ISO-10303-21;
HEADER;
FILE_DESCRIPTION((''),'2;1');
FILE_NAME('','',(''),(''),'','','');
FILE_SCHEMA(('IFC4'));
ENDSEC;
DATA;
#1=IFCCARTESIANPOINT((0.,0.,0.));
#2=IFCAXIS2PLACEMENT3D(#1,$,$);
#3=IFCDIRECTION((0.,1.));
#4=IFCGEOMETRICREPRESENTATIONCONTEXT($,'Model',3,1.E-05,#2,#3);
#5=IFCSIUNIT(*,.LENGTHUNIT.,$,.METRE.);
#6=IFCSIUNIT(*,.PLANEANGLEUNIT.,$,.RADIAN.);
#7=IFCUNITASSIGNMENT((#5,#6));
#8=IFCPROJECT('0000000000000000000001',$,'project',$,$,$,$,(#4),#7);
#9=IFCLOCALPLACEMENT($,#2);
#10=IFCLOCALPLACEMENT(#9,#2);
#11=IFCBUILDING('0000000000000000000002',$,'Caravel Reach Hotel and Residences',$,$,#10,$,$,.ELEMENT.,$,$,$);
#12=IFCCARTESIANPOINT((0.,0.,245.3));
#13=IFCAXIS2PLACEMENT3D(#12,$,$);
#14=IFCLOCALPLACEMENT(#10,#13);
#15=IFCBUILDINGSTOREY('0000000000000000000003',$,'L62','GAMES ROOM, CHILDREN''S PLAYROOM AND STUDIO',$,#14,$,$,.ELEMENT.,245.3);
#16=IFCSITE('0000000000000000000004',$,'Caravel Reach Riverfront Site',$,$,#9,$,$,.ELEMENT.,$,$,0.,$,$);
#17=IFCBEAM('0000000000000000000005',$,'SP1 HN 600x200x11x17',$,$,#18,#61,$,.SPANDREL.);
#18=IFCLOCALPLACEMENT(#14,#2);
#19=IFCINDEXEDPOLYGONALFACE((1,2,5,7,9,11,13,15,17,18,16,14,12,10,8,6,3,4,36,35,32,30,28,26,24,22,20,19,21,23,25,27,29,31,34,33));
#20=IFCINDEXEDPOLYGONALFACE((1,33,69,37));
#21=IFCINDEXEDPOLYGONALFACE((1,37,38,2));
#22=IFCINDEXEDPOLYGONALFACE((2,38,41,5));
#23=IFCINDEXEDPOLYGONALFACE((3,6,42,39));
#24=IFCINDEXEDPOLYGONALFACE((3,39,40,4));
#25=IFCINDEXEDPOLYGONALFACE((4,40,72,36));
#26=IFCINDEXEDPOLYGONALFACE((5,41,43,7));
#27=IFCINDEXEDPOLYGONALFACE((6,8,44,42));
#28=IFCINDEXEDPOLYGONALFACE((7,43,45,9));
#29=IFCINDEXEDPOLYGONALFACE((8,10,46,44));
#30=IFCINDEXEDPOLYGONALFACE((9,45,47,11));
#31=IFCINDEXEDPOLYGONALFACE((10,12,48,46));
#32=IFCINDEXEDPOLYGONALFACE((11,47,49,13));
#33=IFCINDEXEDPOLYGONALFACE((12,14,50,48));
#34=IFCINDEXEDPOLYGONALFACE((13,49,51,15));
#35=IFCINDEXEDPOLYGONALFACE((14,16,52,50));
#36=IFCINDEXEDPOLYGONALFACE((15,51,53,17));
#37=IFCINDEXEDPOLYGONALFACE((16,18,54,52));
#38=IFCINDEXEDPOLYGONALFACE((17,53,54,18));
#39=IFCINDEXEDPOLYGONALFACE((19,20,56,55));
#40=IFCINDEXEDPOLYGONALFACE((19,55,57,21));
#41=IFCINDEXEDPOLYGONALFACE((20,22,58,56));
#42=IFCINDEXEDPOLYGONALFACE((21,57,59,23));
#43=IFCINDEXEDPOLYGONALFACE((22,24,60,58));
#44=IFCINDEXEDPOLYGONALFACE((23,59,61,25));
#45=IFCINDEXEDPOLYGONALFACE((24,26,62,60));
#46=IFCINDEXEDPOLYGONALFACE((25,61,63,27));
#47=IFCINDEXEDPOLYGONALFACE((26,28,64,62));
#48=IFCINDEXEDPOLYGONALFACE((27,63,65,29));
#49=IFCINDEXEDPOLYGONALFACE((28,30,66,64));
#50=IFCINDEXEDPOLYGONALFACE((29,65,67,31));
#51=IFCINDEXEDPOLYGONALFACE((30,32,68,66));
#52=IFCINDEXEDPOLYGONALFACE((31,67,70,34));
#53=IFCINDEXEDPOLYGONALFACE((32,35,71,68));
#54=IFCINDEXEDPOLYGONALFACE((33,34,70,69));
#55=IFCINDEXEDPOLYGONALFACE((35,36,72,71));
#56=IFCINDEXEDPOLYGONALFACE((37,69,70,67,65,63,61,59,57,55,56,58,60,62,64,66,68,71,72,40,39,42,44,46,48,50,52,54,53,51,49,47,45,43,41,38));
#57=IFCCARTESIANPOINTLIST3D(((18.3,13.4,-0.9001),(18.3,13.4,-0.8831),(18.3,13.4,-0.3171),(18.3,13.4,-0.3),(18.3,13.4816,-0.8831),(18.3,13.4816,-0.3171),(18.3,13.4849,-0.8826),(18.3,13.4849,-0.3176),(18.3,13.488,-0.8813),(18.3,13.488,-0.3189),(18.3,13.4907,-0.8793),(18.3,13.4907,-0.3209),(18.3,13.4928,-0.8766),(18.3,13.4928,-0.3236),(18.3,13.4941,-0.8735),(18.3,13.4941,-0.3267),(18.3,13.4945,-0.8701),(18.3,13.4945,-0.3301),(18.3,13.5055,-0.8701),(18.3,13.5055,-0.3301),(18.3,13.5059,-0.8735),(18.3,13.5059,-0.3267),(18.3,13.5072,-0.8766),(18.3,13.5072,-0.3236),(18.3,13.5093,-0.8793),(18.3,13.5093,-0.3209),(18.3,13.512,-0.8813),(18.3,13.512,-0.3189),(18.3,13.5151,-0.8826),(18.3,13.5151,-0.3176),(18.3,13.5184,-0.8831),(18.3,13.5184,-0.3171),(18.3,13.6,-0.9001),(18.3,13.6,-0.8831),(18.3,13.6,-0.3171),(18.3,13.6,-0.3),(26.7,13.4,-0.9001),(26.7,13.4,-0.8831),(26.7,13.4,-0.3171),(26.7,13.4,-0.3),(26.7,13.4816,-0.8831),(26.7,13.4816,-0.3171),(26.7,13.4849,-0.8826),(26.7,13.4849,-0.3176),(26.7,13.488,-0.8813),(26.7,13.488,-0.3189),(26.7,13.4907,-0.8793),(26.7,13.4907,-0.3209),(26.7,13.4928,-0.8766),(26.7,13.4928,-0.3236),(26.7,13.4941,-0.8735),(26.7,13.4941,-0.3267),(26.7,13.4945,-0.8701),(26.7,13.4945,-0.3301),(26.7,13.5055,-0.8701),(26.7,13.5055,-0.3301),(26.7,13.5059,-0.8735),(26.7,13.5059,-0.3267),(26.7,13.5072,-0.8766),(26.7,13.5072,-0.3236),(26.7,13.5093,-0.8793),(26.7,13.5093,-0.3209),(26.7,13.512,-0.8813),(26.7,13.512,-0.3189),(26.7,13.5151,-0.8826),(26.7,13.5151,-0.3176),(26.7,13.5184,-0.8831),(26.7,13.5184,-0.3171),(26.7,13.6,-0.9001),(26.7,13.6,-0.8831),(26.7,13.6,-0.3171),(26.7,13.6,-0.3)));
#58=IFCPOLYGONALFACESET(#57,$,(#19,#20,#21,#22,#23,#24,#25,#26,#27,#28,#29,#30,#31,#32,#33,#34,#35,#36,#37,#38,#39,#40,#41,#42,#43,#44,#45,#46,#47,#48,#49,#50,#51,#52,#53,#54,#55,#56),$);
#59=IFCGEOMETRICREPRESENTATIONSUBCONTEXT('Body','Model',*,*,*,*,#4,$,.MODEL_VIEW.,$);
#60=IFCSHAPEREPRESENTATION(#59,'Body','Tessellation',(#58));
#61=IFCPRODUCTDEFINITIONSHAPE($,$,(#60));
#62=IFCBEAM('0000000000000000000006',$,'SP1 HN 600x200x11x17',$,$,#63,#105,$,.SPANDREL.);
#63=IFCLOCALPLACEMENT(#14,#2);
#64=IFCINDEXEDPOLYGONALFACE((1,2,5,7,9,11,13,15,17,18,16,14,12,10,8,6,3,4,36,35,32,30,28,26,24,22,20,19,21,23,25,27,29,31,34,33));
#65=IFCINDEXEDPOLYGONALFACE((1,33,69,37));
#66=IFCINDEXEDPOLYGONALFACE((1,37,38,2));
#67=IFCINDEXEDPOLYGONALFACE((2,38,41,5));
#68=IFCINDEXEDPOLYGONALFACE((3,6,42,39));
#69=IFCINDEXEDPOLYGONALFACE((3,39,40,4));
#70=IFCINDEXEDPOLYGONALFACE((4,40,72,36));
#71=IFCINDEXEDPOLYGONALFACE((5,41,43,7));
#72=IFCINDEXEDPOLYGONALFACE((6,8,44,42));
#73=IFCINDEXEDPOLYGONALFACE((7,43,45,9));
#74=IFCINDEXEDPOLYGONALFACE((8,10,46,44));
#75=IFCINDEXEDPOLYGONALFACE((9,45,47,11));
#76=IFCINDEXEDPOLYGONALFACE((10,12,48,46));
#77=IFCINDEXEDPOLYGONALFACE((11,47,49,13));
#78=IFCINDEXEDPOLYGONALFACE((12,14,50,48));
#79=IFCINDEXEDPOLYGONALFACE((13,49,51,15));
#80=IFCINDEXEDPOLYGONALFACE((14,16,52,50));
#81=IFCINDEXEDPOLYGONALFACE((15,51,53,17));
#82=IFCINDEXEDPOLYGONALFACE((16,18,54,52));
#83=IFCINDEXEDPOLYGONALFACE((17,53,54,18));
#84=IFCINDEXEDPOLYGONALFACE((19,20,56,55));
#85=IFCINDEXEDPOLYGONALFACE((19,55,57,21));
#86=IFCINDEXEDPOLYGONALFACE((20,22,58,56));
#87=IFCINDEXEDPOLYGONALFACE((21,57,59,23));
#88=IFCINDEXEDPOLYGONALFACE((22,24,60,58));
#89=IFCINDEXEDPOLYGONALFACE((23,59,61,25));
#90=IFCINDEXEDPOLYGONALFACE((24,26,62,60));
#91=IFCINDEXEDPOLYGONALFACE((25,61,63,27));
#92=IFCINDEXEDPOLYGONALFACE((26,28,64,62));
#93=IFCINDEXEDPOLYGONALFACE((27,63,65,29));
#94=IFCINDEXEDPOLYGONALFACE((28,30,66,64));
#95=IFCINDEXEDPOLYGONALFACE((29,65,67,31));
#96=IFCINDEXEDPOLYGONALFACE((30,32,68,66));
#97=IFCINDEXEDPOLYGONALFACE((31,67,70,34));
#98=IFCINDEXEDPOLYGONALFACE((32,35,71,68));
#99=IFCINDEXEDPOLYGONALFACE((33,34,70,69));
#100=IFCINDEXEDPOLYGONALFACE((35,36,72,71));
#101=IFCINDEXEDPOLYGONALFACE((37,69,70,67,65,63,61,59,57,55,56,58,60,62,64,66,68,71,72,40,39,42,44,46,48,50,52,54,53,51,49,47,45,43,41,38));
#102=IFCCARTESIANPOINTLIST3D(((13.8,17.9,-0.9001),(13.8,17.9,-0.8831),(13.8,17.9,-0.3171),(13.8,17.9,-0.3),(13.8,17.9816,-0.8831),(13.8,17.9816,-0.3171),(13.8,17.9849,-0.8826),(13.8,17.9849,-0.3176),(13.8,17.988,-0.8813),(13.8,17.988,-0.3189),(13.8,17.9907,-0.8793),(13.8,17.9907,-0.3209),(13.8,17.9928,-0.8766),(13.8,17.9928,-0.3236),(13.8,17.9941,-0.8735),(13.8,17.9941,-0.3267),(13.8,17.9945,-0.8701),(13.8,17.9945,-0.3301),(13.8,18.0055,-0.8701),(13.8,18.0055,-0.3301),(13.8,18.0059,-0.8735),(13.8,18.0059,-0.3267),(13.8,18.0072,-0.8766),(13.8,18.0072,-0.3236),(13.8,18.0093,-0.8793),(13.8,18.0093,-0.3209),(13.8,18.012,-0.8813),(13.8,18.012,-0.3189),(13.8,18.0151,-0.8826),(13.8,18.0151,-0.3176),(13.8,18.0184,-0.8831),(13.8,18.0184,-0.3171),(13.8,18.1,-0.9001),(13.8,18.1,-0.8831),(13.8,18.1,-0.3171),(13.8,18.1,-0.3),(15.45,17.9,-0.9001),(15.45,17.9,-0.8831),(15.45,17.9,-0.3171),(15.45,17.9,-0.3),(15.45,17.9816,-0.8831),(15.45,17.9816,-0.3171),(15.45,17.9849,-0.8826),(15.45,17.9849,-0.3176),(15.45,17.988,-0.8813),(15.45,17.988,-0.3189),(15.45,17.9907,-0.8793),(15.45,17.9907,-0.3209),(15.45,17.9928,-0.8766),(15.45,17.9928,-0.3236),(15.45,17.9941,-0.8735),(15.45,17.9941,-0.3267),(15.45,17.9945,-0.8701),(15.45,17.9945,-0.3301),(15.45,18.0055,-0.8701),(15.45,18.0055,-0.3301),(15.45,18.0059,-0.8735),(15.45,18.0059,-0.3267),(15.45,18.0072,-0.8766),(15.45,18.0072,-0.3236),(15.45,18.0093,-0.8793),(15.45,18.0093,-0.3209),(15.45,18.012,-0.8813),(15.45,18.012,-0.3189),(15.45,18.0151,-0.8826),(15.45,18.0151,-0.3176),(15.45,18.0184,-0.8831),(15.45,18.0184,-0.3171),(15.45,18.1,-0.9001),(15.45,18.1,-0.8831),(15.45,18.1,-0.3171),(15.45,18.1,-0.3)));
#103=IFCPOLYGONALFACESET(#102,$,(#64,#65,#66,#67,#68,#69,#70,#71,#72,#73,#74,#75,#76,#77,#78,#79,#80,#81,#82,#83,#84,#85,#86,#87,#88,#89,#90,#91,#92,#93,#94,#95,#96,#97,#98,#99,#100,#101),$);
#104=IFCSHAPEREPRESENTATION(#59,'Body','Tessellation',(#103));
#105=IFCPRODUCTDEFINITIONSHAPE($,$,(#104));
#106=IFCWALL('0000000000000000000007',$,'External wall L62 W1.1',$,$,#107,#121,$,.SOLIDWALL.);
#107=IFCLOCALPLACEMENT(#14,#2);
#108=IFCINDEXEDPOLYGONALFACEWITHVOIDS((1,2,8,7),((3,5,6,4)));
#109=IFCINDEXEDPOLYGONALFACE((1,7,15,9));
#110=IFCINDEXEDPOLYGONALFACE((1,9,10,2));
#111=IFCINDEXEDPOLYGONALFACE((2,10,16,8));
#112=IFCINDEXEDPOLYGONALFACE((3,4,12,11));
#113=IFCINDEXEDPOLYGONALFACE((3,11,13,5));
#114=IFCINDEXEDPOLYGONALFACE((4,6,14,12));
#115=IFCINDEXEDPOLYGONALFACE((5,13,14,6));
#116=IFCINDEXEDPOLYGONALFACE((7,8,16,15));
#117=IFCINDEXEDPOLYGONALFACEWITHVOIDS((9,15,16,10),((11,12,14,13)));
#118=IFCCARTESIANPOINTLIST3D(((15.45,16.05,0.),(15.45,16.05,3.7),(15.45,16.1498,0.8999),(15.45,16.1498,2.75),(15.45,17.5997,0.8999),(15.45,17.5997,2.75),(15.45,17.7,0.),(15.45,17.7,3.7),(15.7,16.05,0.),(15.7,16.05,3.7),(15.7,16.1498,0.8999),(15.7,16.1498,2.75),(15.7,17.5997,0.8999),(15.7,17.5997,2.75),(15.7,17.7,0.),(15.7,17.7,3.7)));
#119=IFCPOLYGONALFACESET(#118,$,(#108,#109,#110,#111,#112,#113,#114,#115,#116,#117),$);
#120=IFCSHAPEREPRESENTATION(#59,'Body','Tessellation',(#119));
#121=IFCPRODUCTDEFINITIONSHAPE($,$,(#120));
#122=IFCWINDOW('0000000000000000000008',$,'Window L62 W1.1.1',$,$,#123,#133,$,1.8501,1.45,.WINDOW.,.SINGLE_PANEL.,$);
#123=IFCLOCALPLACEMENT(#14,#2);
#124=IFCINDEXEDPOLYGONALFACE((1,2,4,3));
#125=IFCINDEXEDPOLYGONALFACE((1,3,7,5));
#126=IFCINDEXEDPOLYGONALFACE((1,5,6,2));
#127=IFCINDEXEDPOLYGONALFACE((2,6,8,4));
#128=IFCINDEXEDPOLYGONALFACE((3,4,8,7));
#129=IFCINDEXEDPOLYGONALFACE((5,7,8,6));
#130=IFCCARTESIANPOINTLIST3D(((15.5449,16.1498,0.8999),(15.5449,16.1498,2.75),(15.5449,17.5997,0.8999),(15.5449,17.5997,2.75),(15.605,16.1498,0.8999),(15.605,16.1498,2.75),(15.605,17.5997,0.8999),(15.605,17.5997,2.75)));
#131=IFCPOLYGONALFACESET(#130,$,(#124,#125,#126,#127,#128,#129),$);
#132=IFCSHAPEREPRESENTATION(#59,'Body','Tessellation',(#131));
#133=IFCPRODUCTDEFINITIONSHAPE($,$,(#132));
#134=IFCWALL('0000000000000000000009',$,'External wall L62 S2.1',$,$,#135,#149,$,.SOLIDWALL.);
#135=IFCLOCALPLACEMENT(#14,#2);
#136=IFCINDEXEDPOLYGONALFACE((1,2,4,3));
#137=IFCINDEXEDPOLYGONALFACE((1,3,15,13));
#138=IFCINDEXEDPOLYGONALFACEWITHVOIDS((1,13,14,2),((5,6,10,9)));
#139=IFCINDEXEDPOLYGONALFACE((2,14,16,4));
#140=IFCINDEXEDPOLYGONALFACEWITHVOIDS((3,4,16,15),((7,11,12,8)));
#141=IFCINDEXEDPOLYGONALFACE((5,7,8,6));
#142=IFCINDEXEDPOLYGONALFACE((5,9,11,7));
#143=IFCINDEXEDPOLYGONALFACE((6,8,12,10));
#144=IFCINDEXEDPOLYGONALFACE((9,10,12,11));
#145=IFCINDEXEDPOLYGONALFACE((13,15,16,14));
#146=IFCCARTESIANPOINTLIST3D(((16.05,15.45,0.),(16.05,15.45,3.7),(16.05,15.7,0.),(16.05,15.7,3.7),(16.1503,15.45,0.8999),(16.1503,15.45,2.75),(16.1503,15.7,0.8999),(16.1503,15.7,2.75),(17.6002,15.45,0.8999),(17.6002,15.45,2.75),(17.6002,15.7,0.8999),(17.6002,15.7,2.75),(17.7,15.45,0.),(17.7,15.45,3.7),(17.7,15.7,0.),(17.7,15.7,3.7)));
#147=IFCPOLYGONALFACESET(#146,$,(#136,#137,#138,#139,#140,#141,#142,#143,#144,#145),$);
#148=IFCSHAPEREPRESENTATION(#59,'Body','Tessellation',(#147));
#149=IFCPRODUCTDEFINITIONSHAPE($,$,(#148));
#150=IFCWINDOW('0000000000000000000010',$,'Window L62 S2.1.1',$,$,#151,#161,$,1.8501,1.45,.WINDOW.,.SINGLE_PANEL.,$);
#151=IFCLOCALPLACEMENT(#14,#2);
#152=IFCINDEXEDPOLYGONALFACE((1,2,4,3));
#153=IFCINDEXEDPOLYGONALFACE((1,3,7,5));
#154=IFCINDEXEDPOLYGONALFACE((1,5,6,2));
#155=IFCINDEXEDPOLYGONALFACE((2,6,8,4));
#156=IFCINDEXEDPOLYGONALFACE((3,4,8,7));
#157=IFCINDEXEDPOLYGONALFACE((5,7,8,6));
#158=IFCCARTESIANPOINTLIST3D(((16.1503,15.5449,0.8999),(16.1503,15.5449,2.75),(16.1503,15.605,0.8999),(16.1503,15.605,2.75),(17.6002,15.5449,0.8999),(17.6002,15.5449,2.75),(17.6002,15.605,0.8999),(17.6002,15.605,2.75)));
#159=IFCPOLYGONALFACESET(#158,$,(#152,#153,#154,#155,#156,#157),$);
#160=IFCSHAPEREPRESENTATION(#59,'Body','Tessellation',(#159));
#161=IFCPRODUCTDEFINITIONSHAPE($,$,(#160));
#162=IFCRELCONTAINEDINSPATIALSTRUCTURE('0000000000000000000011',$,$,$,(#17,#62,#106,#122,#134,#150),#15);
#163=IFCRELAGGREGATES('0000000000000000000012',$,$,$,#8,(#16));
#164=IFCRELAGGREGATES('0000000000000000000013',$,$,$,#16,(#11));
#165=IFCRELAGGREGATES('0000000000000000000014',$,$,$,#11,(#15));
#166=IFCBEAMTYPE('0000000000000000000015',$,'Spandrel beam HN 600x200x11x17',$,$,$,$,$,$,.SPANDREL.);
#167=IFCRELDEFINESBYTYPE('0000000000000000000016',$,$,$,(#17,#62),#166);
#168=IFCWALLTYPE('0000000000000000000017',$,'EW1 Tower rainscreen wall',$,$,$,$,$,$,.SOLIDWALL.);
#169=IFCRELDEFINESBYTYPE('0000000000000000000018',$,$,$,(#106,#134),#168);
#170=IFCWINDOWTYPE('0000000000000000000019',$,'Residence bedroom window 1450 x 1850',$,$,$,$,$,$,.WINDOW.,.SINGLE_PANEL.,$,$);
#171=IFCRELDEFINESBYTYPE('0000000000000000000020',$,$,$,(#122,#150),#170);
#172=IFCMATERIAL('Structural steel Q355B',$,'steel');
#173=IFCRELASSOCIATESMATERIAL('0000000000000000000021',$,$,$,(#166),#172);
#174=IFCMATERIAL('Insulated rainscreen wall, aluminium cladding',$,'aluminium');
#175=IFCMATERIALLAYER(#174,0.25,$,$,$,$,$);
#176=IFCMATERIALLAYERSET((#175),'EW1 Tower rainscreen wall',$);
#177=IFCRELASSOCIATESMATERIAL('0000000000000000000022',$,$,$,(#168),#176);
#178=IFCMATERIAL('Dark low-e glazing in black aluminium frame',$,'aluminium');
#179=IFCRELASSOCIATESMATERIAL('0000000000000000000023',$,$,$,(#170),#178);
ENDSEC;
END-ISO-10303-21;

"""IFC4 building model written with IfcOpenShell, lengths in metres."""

from ifc_helpers import new_model, si_unit, direction, frame, frame_2d, origin, origin_2d, place, context, subcontext, project, spatial, rectangle, i_section, extrude, material, layer, layer_set, material_profile, profile_set, type_object, element, fill, save


model = new_model("IFC4")

# Units and contexts
model_context = context("Model", 3, precision=1e-05, world=origin(), true_north=direction((0.0, 1.0)))
body_context = subcontext(model_context, "Body", "Model", "MODEL_VIEW")
ifc_project = project(units=[si_unit("LENGTHUNIT", "METRE"), si_unit("PLANEANGLEUNIT", "RADIAN")], contexts=[model_context])

# Site, building, storey
site_placement = place(None, origin())
site = spatial("IfcSite", under=ifc_project, at=site_placement, Name="Caravel Reach Riverfront Site", CompositionType="ELEMENT", RefElevation=0.0)
building_placement = place(site_placement, origin())
building = spatial("IfcBuilding", under=site, at=building_placement, Name="Caravel Reach Hotel and Residences", CompositionType="ELEMENT")
storey_placement = place(building_placement, frame((0.0, 0.0, 245.3)))
storey = spatial("IfcBuildingStorey", under=building, at=storey_placement, Name="L62", Description="GAMES ROOM, CHILDREN'S PLAYROOM AND STUDIO", CompositionType="ELEMENT", Elevation=245.3)

# Beams
ifc_material_1 = material(Name="Structural steel Q355B", Category="steel")
ifc_material_profile_1 = material_profile(ifc_material_1, i_section(OverallWidth=0.2, OverallDepth=0.6001, WebThickness=0.011, FlangeThickness=0.0171, FilletRadius=0.0129, at=origin_2d()), Name="HN 600x200x11x17")
ifc_profile_set_1 = profile_set([ifc_material_profile_1], Name="Structural steel Q355B")
beam_type = type_object("IfcBeamType", Name="Spandrel beam HN 600x200x11x17", PredefinedType="SPANDREL", material=ifc_profile_set_1)
beam_1_placement = place(storey_placement, frame((18.3, 13.5, -0.6001), z_axis=(1.0, 0.0, 0.0), x_axis=(0.0, 1.0, 0.0)))
element("IfcBeam", 1, at=beam_1_placement, inside=storey, type_object=beam_type, Name="SP1 HN 600x200x11x17", PredefinedType="SPANDREL", context=body_context, shape_type="SweptSolid", body=[
    extrude(i_section(OverallWidth=0.2, OverallDepth=0.6001, WebThickness=0.011, FlangeThickness=0.0171, FilletRadius=0.0129, at=origin_2d()), origin(), (0.0, 0.0, 1.0), 8.3999),
])
beam_2_placement = place(storey_placement, frame((13.8, 18.0, -0.6001), z_axis=(1.0, 0.0, 0.0), x_axis=(0.0, 1.0, 0.0)))
element("IfcBeam", 2, at=beam_2_placement, inside=storey, type_object=beam_type, Name="SP1 HN 600x200x11x17", PredefinedType="SPANDREL", context=body_context, shape_type="SweptSolid", body=[
    extrude(i_section(OverallWidth=0.2, OverallDepth=0.6001, WebThickness=0.011, FlangeThickness=0.0171, FilletRadius=0.0129, at=origin_2d()), origin(), (0.0, 0.0, 1.0), 1.6499),
])

# Walls, openings, windows
ifc_material_2 = material(Name="Insulated rainscreen wall, aluminium cladding", Category="aluminium")
ifc_layer_1 = layer(ifc_material_2, 0.25)
ifc_layer_set_1 = layer_set([ifc_layer_1], Name="EW1 Tower rainscreen wall")
wall_type_1 = type_object("IfcWallType", Name="EW1 Tower rainscreen wall", PredefinedType="SOLIDWALL", material=ifc_layer_set_1)
wall_1_placement = place(storey_placement, frame((15.575, 17.7, 0.0), z_axis=(0.0, 0.0, 1.0), x_axis=(0.0, -1.0, 0.0)))
wall_1 = element("IfcWall", 3, at=wall_1_placement, inside=storey, type_object=wall_type_1, Name="External wall L62 W1.1", PredefinedType="SOLIDWALL", context=body_context, shape_type="SweptSolid", body=[
    extrude(rectangle(XDim=1.6499, YDim=0.25, at=frame_2d((0.825, 0.0))), origin(), (0.0, 0.0, 1.0), 3.7),
])
opening_1_placement = place(wall_1_placement, frame((0.1001, 0.0, 0.8999)))
opening_1 = element("IfcOpeningElement", 4, at=opening_1_placement, cuts=wall_1, PredefinedType="OPENING", context=body_context, shape_type="SweptSolid", body=[
    extrude(rectangle(XDim=1.45, YDim=1.8501, at=frame_2d((0.7251, 0.925))), frame((0.0, 0.135, 0.0), z_axis=(0.0, -1.0, 0.0), x_axis=(1.0, 0.0, 0.0)), (0.0, 0.0, 1.0), 0.27),
])
ifc_material_3 = material(Name="Dark low-e glazing in black aluminium frame", Category="aluminium")
window_type_1 = type_object("IfcWindowType", Name="Residence bedroom window 1450 x 1850", PartitioningType="SINGLE_PANEL", PredefinedType="WINDOW", material=ifc_material_3)
window_1_placement = place(opening_1_placement, origin())
window_1 = element("IfcWindow", 5, at=window_1_placement, inside=storey, type_object=window_type_1, Name="Window L62 W1.1.1", OverallHeight=1.8501, OverallWidth=1.45, PartitioningType="SINGLE_PANEL", PredefinedType="WINDOW", context=body_context, shape_type="SweptSolid", body=[
    extrude(rectangle(XDim=1.45, YDim=1.8501, at=frame_2d((0.7251, 0.925))), frame((0.0, 0.03, 0.0), z_axis=(0.0, -1.0, 0.0), x_axis=(1.0, 0.0, 0.0)), (0.0, 0.0, 1.0), 0.0601),
])
fill(opening_1, window_1)
wall_2_placement = place(storey_placement, frame((16.05, 15.575, 0.0), z_axis=(0.0, 0.0, 1.0), x_axis=(1.0, 0.0, 0.0)))
wall_2 = element("IfcWall", 6, at=wall_2_placement, inside=storey, type_object=wall_type_1, Name="External wall L62 S2.1", PredefinedType="SOLIDWALL", context=body_context, shape_type="SweptSolid", body=[
    extrude(rectangle(XDim=1.6499, YDim=0.25, at=frame_2d((0.825, 0.0))), origin(), (0.0, 0.0, 1.0), 3.7),
])
opening_2_placement = place(wall_2_placement, frame((0.1001, 0.0, 0.8999)))
opening_2 = element("IfcOpeningElement", 7, at=opening_2_placement, cuts=wall_2, PredefinedType="OPENING", context=body_context, shape_type="SweptSolid", body=[
    extrude(rectangle(XDim=1.45, YDim=1.8501, at=frame_2d((0.7251, 0.925))), frame((0.0, 0.135, 0.0), z_axis=(0.0, -1.0, 0.0), x_axis=(1.0, 0.0, 0.0)), (0.0, 0.0, 1.0), 0.27),
])
window_2_placement = place(opening_2_placement, origin())
window_2 = element("IfcWindow", 8, at=window_2_placement, inside=storey, type_object=window_type_1, Name="Window L62 S2.1.1", OverallHeight=1.8501, OverallWidth=1.45, PartitioningType="SINGLE_PANEL", PredefinedType="WINDOW", context=body_context, shape_type="SweptSolid", body=[
    extrude(rectangle(XDim=1.45, YDim=1.8501, at=frame_2d((0.7251, 0.925))), frame((0.0, 0.03, 0.0), z_axis=(0.0, -1.0, 0.0), x_axis=(1.0, 0.0, 0.0)), (0.0, 0.0, 1.0), 0.0601),
])
fill(opening_2, window_2)

save(model, "model.ifc")
